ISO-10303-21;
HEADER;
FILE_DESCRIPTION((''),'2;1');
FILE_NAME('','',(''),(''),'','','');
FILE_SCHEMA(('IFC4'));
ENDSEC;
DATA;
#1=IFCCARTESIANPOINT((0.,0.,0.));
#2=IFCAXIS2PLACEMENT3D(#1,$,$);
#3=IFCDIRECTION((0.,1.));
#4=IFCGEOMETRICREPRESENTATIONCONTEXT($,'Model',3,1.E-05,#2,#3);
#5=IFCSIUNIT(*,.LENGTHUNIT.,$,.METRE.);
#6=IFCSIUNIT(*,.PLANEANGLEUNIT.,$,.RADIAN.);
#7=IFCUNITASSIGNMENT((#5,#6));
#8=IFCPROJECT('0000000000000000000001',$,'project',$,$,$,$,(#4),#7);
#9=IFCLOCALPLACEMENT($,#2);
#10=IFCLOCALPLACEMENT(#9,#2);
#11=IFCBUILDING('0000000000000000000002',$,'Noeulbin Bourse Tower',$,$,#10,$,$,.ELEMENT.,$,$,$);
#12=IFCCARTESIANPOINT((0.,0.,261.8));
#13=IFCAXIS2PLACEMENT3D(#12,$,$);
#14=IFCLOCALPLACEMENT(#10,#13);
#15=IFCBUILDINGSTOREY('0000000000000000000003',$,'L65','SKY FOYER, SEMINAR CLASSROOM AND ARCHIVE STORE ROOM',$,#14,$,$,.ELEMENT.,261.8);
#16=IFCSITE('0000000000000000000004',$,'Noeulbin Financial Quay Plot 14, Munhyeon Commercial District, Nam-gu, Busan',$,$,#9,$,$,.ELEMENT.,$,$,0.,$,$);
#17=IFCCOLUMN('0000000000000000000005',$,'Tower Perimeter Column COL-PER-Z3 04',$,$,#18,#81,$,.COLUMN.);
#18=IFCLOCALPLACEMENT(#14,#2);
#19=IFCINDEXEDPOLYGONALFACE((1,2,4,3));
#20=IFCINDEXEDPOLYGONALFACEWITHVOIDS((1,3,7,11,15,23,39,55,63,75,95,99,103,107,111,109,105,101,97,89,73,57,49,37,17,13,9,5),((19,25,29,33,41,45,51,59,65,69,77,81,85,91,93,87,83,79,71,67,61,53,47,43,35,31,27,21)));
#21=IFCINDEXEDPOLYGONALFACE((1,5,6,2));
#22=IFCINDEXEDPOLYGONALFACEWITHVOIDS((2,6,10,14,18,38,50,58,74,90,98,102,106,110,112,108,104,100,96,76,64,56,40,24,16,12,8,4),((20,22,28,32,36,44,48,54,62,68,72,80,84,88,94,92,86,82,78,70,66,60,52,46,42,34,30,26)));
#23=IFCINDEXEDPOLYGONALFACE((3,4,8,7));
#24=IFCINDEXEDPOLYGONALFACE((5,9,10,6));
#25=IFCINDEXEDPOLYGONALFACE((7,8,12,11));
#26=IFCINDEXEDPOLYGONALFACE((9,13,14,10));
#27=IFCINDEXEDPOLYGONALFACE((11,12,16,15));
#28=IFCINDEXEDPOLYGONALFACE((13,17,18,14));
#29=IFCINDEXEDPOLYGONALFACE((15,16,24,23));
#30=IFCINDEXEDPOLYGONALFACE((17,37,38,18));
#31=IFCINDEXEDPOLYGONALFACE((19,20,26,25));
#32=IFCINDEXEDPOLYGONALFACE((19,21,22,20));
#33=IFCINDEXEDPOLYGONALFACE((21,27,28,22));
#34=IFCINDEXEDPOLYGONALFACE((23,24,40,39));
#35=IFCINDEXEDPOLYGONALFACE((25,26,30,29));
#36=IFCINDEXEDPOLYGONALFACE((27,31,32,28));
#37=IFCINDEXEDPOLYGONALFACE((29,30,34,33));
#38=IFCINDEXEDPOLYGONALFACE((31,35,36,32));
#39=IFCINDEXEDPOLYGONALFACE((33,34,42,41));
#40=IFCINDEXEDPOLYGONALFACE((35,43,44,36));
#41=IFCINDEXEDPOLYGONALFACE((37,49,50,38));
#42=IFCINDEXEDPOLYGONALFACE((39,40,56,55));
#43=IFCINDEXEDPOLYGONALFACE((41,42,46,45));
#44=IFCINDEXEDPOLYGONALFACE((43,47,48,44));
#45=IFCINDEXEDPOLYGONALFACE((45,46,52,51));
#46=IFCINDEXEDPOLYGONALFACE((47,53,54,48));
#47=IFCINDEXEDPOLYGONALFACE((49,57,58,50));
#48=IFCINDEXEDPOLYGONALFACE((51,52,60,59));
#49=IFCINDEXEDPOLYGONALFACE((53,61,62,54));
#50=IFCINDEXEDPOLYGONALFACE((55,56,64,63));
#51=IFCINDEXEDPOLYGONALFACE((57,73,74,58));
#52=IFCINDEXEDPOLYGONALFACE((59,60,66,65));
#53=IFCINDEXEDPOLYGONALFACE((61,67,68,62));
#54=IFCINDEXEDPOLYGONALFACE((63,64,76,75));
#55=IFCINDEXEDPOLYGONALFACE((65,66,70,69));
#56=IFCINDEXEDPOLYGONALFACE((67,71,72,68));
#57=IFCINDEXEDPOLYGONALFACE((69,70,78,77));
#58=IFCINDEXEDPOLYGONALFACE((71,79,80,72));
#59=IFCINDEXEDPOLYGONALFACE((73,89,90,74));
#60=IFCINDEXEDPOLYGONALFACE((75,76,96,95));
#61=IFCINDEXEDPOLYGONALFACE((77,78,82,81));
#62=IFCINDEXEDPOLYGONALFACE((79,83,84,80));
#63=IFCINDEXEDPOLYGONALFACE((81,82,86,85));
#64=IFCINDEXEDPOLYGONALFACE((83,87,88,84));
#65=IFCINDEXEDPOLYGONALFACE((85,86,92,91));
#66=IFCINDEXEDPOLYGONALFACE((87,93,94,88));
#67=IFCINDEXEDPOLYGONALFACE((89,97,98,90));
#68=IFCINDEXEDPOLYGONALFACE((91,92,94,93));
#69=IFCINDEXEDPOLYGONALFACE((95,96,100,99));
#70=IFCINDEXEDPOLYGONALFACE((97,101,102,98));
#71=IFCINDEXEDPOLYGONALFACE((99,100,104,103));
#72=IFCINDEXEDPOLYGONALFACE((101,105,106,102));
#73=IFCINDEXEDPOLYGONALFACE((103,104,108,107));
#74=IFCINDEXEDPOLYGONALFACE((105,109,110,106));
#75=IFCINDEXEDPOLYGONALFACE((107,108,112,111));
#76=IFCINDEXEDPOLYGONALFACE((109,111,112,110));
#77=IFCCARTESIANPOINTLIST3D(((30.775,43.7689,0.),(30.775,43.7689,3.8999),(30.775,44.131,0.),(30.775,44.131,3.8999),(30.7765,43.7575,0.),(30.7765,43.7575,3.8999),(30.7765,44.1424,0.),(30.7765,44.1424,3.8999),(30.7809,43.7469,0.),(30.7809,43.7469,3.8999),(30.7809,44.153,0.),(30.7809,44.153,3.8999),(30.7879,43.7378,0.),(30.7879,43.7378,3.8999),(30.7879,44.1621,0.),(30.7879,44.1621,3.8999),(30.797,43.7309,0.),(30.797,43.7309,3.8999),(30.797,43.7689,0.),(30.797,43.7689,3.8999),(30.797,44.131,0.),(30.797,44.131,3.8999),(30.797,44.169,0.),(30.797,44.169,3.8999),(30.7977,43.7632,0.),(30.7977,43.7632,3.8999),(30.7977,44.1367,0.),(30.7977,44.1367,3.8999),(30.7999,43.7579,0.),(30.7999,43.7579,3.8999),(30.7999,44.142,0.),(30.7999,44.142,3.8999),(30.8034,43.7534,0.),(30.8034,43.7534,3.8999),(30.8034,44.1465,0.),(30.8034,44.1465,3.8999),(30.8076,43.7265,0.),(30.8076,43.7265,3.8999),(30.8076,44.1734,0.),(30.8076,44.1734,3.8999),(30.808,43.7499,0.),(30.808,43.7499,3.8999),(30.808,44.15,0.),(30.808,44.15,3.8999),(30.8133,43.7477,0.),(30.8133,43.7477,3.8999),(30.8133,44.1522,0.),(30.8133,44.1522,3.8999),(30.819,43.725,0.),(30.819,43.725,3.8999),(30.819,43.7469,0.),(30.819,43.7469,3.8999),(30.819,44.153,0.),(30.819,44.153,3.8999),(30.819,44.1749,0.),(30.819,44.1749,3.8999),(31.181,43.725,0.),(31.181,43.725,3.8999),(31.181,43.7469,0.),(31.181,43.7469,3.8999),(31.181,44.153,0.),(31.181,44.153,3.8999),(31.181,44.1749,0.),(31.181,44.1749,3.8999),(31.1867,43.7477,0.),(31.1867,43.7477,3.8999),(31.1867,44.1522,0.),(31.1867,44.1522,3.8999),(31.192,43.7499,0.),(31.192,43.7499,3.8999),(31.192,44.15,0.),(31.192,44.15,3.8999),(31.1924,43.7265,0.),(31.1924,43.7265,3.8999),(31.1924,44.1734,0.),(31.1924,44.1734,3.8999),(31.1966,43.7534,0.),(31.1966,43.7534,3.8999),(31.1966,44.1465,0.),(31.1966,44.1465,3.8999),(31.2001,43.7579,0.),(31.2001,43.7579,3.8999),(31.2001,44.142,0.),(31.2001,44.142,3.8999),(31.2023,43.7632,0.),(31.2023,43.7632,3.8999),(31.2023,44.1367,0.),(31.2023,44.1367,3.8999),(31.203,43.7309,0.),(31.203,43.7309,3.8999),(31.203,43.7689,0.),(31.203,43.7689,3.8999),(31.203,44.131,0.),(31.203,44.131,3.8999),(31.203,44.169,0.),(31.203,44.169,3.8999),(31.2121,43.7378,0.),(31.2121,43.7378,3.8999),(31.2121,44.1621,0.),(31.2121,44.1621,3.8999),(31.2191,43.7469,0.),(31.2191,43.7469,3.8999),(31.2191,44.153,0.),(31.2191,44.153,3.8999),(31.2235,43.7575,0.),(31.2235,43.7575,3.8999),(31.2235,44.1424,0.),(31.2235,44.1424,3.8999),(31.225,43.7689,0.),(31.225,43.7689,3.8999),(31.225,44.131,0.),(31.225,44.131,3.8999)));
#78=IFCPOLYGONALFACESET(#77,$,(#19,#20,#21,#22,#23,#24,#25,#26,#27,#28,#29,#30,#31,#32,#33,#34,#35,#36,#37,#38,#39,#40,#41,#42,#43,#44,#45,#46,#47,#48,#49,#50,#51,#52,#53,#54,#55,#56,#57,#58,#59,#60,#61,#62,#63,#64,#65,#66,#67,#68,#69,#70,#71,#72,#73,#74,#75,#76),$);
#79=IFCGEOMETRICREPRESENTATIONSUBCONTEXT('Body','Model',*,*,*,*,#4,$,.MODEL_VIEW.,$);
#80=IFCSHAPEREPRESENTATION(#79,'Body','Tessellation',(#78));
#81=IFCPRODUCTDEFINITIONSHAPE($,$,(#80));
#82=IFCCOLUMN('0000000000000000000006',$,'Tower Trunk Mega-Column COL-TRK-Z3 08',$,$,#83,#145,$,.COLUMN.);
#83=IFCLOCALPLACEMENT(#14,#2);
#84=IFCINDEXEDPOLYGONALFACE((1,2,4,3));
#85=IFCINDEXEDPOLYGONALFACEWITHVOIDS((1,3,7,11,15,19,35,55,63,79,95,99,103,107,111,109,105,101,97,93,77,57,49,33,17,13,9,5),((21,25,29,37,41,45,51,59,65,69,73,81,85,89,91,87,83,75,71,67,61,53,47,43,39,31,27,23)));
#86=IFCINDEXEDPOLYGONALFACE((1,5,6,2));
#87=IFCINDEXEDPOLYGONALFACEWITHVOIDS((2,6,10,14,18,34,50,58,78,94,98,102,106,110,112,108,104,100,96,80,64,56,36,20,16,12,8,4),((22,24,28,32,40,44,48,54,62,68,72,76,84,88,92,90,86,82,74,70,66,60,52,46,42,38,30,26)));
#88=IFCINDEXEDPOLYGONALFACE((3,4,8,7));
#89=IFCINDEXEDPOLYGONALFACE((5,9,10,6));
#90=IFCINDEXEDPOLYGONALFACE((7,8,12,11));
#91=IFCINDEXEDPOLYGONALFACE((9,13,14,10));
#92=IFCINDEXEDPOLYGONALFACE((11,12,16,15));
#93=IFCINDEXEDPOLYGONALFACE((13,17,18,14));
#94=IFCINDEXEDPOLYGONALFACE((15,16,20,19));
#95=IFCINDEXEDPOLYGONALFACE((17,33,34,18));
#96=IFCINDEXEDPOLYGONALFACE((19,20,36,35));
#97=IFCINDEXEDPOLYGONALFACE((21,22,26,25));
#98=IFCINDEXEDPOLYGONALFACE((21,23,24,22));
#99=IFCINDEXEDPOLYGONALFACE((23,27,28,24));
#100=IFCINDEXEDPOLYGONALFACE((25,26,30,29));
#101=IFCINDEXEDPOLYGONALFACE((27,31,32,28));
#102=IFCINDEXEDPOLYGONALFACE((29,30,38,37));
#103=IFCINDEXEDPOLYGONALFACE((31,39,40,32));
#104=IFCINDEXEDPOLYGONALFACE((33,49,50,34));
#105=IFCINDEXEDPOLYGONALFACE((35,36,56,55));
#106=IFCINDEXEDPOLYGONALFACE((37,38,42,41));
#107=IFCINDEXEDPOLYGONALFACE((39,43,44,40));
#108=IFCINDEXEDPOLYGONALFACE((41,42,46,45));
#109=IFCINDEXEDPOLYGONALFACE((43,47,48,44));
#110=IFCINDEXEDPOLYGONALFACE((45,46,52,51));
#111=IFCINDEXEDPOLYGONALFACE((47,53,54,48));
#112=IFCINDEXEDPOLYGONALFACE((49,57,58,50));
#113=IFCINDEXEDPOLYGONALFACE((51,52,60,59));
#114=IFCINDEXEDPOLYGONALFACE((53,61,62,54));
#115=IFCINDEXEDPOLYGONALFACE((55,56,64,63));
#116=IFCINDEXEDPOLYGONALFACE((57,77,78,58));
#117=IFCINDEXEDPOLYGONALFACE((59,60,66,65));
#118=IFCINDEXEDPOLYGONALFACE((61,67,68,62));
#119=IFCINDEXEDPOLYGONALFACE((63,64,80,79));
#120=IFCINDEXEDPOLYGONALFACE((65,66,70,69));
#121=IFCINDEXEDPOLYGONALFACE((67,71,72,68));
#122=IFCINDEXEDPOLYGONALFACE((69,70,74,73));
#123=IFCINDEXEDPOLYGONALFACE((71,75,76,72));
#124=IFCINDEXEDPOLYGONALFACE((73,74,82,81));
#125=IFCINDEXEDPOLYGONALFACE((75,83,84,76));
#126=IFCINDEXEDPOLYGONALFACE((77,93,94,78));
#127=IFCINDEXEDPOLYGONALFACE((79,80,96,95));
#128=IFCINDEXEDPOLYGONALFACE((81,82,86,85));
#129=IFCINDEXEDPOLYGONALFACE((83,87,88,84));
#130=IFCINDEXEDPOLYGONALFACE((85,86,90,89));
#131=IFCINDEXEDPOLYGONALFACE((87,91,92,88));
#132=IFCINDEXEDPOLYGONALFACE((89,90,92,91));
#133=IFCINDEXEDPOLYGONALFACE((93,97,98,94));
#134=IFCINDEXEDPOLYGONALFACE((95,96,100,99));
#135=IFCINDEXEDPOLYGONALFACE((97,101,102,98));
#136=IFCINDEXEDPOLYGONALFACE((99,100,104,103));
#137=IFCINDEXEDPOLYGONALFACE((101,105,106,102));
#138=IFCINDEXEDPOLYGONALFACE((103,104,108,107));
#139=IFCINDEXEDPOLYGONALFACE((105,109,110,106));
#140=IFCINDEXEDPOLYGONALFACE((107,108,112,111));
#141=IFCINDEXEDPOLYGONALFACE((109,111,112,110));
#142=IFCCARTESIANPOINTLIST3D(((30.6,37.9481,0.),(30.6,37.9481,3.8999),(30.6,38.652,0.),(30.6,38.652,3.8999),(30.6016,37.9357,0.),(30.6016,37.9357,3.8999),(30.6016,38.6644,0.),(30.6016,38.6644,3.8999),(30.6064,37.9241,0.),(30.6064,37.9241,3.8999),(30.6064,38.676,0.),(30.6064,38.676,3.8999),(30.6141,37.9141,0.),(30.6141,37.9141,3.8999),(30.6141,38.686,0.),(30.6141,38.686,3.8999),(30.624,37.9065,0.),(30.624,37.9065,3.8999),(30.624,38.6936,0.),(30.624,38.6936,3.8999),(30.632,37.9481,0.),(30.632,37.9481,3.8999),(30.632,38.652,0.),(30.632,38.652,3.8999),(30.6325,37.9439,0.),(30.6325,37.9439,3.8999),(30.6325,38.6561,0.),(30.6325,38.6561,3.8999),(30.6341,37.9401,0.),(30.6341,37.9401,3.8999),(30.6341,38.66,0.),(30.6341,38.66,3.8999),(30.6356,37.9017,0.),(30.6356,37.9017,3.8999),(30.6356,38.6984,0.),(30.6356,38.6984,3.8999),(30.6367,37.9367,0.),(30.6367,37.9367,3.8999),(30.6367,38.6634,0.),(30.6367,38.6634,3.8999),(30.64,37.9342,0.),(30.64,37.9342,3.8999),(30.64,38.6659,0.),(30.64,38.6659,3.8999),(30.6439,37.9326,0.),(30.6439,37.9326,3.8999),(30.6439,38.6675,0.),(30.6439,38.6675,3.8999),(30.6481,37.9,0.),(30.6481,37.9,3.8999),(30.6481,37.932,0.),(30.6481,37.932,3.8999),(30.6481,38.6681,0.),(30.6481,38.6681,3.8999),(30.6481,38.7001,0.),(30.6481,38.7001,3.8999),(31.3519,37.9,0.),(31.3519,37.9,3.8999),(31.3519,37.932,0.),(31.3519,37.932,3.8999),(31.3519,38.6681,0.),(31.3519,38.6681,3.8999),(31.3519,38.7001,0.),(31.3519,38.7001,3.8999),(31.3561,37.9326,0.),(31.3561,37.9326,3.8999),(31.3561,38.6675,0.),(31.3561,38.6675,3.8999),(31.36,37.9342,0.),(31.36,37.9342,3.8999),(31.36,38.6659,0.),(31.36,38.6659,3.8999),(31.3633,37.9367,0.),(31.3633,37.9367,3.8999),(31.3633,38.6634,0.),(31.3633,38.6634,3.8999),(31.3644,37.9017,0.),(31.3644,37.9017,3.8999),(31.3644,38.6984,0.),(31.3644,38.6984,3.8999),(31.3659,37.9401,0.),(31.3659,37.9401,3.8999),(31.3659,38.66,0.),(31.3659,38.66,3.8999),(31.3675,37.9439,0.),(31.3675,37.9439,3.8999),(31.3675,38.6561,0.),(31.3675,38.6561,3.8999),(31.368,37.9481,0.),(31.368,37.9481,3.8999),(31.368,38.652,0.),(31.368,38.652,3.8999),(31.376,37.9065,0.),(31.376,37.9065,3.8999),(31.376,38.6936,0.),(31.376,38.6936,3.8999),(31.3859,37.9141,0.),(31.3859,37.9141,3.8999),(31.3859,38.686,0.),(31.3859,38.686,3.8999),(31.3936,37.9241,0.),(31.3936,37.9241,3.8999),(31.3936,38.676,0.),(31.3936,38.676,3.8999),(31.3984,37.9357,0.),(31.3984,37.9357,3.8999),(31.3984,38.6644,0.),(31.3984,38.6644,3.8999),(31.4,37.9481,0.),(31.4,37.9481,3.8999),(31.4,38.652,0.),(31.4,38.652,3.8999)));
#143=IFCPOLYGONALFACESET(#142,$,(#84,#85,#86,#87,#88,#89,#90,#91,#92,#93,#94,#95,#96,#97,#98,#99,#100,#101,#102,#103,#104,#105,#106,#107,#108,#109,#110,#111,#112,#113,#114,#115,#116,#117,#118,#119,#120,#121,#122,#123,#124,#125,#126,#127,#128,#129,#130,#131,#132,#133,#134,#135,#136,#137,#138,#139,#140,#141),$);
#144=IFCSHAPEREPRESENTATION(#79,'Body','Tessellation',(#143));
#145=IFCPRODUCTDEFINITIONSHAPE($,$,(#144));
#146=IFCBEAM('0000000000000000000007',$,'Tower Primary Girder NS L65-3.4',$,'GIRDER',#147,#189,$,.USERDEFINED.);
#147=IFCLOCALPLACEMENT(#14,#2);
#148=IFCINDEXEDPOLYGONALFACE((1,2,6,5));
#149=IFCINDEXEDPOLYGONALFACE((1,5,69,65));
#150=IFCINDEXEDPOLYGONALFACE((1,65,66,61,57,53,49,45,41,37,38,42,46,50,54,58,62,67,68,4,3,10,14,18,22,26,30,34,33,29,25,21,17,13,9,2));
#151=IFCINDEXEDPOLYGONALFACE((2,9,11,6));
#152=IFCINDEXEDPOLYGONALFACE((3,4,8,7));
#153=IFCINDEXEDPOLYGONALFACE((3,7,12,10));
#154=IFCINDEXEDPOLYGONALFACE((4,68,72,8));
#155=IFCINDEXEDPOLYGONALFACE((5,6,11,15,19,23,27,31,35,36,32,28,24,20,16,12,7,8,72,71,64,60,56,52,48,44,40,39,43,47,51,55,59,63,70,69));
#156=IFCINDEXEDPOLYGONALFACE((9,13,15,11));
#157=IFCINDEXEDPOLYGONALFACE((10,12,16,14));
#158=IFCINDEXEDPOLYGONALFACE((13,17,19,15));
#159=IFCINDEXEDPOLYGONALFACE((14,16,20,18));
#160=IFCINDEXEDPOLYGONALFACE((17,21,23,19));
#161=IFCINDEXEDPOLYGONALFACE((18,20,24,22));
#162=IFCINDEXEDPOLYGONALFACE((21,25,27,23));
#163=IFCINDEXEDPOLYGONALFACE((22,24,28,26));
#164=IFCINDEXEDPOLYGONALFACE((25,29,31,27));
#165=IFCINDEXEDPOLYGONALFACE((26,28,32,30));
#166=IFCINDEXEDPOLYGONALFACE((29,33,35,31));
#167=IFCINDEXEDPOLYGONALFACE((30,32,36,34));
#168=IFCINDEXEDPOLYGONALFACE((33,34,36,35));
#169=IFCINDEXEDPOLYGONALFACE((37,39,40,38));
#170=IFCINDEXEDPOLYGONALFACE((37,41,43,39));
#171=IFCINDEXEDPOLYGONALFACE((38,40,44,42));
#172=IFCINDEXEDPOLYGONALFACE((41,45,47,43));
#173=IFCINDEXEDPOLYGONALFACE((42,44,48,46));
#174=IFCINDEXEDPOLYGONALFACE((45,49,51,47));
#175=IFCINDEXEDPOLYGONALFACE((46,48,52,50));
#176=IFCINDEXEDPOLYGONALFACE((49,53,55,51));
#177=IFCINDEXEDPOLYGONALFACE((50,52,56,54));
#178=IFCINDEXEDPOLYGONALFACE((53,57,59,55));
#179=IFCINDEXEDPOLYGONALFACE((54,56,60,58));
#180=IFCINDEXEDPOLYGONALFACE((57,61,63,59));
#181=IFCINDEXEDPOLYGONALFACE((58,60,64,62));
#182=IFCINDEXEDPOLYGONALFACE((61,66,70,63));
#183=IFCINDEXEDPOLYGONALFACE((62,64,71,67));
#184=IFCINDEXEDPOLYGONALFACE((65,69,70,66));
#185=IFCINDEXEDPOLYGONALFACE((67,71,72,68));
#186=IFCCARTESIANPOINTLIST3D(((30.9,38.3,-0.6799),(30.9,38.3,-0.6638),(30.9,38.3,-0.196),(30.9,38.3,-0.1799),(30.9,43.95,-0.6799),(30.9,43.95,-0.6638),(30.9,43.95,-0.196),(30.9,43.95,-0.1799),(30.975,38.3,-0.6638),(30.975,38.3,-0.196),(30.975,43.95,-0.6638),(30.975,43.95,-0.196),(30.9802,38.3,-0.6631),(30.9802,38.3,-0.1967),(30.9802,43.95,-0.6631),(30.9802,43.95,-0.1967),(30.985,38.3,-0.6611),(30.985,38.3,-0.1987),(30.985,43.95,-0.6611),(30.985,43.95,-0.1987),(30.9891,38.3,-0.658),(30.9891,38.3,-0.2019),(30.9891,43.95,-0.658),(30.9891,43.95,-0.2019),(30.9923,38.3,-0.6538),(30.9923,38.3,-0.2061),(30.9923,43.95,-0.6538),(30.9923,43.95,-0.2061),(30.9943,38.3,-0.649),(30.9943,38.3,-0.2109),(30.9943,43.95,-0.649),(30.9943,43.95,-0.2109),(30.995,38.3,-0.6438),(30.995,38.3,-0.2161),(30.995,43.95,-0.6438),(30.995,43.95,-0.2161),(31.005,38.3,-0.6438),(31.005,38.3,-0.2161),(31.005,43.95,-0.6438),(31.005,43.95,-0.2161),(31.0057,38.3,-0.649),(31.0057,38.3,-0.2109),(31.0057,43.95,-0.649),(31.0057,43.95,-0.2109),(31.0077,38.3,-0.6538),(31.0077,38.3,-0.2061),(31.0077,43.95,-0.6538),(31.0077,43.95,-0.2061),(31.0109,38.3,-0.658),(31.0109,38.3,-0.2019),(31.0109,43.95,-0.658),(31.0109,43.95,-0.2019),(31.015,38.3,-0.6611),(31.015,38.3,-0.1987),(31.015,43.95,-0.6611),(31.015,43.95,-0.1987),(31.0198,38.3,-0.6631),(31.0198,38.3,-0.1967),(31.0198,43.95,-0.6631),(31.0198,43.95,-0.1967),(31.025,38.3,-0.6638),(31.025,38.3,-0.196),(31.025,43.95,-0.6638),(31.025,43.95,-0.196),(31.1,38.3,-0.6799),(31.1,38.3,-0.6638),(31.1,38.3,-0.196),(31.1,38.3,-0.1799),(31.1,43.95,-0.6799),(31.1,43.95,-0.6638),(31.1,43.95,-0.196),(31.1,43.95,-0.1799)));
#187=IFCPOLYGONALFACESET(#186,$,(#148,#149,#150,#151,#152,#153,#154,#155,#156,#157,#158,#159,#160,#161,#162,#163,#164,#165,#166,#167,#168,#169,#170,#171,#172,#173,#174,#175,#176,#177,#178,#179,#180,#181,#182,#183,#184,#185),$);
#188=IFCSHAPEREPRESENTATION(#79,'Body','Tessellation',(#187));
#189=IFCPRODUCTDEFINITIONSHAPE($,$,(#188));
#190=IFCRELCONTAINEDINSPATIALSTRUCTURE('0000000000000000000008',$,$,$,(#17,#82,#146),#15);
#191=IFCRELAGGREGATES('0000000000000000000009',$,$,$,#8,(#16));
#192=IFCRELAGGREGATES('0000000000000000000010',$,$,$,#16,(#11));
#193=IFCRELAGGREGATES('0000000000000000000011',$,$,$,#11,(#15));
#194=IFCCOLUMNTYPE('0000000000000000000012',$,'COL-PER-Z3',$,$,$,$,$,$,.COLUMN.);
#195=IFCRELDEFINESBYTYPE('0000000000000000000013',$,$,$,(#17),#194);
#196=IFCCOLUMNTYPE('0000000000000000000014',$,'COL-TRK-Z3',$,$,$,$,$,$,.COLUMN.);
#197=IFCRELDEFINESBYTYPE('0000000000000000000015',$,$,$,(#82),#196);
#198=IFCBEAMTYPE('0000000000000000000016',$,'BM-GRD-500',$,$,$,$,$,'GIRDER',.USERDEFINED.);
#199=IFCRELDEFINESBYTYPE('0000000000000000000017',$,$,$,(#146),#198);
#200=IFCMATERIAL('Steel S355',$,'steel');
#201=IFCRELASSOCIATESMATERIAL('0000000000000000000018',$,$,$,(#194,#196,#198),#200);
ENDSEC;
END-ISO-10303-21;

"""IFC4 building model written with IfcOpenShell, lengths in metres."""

from ifc_helpers import new_model, si_unit, direction, frame, origin, origin_2d, place, context, subcontext, project, spatial, hollow_rectangle, i_section, extrude, material, material_profile, profile_set, type_object, element, save


model = new_model("IFC4")

# Units and contexts
model_context = context("Model", 3, precision=1e-05, world=origin(), true_north=direction((0.0, 1.0)))
body_context = subcontext(model_context, "Body", "Model", "MODEL_VIEW")
ifc_project = project(units=[si_unit("LENGTHUNIT", "METRE"), si_unit("PLANEANGLEUNIT", "RADIAN")], contexts=[model_context])

# Site, building, storey
site_placement = place(None, origin())
site = spatial("IfcSite", under=ifc_project, at=site_placement, Name="Noeulbin Financial Quay Plot 14, Munhyeon Commercial District, Nam-gu, Busan", CompositionType="ELEMENT", RefElevation=0.0)
building_placement = place(site_placement, origin())
building = spatial("IfcBuilding", under=site, at=building_placement, Name="Noeulbin Bourse Tower", CompositionType="ELEMENT")
storey_placement = place(building_placement, frame((0.0, 0.0, 261.8)))
storey = spatial("IfcBuildingStorey", under=building, at=storey_placement, Name="L65", Description="SKY FOYER, SEMINAR CLASSROOM AND ARCHIVE STORE ROOM", CompositionType="ELEMENT", Elevation=261.8)

# Columns
ifc_material_1 = material(Name="Steel S355", Category="steel")
ifc_material_profile_1 = material_profile(ifc_material_1, hollow_rectangle(XDim=0.45, YDim=0.45, WallThickness=0.022, InnerFilletRadius=0.022, OuterFilletRadius=0.0439, at=origin_2d()), Name="SHS-450x450x22", Category="LoadBearing")
ifc_profile_set_1 = profile_set([ifc_material_profile_1], Name="Steel S355")
column_type_1 = type_object("IfcColumnType", Name="COL-PER-Z3", PredefinedType="COLUMN", material=ifc_profile_set_1)
column_1_placement = place(storey_placement, frame((31.0, 43.95, 0.0), z_axis=(0.0, 0.0, 1.0), x_axis=(1.0, 0.0, 0.0)))
element("IfcColumn", 1, at=column_1_placement, inside=storey, type_object=column_type_1, Name="Tower Perimeter Column COL-PER-Z3 04", PredefinedType="COLUMN", context=body_context, shape_type="SweptSolid", body=[
    extrude(hollow_rectangle(XDim=0.45, YDim=0.45, WallThickness=0.022, InnerFilletRadius=0.022, OuterFilletRadius=0.0439, at=origin_2d()), origin(), (0.0, 0.0, 1.0), 3.8999),
])
ifc_material_profile_2 = material_profile(ifc_material_1, hollow_rectangle(XDim=0.8, YDim=0.8, WallThickness=0.032, InnerFilletRadius=0.0161, OuterFilletRadius=0.0481, at=origin_2d()), Name="BOX-800x800x32", Category="LoadBearing")
ifc_profile_set_2 = profile_set([ifc_material_profile_2], Name="Steel S355")
column_type_2 = type_object("IfcColumnType", Name="COL-TRK-Z3", PredefinedType="COLUMN", material=ifc_profile_set_2)
column_2_placement = place(storey_placement, frame((31.0, 38.3, 0.0), z_axis=(0.0, 0.0, 1.0), x_axis=(1.0, 0.0, 0.0)))
element("IfcColumn", 2, at=column_2_placement, inside=storey, type_object=column_type_2, Name="Tower Trunk Mega-Column COL-TRK-Z3 08", PredefinedType="COLUMN", context=body_context, shape_type="SweptSolid", body=[
    extrude(hollow_rectangle(XDim=0.8, YDim=0.8, WallThickness=0.032, InnerFilletRadius=0.0161, OuterFilletRadius=0.0481, at=origin_2d()), origin(), (0.0, 0.0, 1.0), 3.8999),
])

# Beam
ifc_material_profile_3 = material_profile(ifc_material_1, i_section(OverallWidth=0.2, OverallDepth=0.5, WebThickness=0.01, FlangeThickness=0.0161, FilletRadius=0.02, at=origin_2d()), Name="H-500x200x10x16", Category="LoadBearing")
ifc_profile_set_3 = profile_set([ifc_material_profile_3], Name="Steel S355")
beam_type_1 = type_object("IfcBeamType", Name="BM-GRD-500", ElementType="GIRDER", PredefinedType="USERDEFINED", material=ifc_profile_set_3)
beam_1_placement = place(storey_placement, frame((31.0, 38.3, -0.4299), z_axis=(0.0, 1.0, 0.0), x_axis=(-1.0, 0.0, 0.0)))
element("IfcBeam", 3, at=beam_1_placement, inside=storey, type_object=beam_type_1, Name="Tower Primary Girder NS L65-3.4", ObjectType="GIRDER", PredefinedType="USERDEFINED", context=body_context, shape_type="SweptSolid", body=[
    extrude(i_section(OverallWidth=0.2, OverallDepth=0.5, WebThickness=0.01, FlangeThickness=0.0161, FilletRadius=0.02, at=origin_2d()), origin(), (0.0, 0.0, 1.0), 5.6499),
])

save(model, "model.ifc")
